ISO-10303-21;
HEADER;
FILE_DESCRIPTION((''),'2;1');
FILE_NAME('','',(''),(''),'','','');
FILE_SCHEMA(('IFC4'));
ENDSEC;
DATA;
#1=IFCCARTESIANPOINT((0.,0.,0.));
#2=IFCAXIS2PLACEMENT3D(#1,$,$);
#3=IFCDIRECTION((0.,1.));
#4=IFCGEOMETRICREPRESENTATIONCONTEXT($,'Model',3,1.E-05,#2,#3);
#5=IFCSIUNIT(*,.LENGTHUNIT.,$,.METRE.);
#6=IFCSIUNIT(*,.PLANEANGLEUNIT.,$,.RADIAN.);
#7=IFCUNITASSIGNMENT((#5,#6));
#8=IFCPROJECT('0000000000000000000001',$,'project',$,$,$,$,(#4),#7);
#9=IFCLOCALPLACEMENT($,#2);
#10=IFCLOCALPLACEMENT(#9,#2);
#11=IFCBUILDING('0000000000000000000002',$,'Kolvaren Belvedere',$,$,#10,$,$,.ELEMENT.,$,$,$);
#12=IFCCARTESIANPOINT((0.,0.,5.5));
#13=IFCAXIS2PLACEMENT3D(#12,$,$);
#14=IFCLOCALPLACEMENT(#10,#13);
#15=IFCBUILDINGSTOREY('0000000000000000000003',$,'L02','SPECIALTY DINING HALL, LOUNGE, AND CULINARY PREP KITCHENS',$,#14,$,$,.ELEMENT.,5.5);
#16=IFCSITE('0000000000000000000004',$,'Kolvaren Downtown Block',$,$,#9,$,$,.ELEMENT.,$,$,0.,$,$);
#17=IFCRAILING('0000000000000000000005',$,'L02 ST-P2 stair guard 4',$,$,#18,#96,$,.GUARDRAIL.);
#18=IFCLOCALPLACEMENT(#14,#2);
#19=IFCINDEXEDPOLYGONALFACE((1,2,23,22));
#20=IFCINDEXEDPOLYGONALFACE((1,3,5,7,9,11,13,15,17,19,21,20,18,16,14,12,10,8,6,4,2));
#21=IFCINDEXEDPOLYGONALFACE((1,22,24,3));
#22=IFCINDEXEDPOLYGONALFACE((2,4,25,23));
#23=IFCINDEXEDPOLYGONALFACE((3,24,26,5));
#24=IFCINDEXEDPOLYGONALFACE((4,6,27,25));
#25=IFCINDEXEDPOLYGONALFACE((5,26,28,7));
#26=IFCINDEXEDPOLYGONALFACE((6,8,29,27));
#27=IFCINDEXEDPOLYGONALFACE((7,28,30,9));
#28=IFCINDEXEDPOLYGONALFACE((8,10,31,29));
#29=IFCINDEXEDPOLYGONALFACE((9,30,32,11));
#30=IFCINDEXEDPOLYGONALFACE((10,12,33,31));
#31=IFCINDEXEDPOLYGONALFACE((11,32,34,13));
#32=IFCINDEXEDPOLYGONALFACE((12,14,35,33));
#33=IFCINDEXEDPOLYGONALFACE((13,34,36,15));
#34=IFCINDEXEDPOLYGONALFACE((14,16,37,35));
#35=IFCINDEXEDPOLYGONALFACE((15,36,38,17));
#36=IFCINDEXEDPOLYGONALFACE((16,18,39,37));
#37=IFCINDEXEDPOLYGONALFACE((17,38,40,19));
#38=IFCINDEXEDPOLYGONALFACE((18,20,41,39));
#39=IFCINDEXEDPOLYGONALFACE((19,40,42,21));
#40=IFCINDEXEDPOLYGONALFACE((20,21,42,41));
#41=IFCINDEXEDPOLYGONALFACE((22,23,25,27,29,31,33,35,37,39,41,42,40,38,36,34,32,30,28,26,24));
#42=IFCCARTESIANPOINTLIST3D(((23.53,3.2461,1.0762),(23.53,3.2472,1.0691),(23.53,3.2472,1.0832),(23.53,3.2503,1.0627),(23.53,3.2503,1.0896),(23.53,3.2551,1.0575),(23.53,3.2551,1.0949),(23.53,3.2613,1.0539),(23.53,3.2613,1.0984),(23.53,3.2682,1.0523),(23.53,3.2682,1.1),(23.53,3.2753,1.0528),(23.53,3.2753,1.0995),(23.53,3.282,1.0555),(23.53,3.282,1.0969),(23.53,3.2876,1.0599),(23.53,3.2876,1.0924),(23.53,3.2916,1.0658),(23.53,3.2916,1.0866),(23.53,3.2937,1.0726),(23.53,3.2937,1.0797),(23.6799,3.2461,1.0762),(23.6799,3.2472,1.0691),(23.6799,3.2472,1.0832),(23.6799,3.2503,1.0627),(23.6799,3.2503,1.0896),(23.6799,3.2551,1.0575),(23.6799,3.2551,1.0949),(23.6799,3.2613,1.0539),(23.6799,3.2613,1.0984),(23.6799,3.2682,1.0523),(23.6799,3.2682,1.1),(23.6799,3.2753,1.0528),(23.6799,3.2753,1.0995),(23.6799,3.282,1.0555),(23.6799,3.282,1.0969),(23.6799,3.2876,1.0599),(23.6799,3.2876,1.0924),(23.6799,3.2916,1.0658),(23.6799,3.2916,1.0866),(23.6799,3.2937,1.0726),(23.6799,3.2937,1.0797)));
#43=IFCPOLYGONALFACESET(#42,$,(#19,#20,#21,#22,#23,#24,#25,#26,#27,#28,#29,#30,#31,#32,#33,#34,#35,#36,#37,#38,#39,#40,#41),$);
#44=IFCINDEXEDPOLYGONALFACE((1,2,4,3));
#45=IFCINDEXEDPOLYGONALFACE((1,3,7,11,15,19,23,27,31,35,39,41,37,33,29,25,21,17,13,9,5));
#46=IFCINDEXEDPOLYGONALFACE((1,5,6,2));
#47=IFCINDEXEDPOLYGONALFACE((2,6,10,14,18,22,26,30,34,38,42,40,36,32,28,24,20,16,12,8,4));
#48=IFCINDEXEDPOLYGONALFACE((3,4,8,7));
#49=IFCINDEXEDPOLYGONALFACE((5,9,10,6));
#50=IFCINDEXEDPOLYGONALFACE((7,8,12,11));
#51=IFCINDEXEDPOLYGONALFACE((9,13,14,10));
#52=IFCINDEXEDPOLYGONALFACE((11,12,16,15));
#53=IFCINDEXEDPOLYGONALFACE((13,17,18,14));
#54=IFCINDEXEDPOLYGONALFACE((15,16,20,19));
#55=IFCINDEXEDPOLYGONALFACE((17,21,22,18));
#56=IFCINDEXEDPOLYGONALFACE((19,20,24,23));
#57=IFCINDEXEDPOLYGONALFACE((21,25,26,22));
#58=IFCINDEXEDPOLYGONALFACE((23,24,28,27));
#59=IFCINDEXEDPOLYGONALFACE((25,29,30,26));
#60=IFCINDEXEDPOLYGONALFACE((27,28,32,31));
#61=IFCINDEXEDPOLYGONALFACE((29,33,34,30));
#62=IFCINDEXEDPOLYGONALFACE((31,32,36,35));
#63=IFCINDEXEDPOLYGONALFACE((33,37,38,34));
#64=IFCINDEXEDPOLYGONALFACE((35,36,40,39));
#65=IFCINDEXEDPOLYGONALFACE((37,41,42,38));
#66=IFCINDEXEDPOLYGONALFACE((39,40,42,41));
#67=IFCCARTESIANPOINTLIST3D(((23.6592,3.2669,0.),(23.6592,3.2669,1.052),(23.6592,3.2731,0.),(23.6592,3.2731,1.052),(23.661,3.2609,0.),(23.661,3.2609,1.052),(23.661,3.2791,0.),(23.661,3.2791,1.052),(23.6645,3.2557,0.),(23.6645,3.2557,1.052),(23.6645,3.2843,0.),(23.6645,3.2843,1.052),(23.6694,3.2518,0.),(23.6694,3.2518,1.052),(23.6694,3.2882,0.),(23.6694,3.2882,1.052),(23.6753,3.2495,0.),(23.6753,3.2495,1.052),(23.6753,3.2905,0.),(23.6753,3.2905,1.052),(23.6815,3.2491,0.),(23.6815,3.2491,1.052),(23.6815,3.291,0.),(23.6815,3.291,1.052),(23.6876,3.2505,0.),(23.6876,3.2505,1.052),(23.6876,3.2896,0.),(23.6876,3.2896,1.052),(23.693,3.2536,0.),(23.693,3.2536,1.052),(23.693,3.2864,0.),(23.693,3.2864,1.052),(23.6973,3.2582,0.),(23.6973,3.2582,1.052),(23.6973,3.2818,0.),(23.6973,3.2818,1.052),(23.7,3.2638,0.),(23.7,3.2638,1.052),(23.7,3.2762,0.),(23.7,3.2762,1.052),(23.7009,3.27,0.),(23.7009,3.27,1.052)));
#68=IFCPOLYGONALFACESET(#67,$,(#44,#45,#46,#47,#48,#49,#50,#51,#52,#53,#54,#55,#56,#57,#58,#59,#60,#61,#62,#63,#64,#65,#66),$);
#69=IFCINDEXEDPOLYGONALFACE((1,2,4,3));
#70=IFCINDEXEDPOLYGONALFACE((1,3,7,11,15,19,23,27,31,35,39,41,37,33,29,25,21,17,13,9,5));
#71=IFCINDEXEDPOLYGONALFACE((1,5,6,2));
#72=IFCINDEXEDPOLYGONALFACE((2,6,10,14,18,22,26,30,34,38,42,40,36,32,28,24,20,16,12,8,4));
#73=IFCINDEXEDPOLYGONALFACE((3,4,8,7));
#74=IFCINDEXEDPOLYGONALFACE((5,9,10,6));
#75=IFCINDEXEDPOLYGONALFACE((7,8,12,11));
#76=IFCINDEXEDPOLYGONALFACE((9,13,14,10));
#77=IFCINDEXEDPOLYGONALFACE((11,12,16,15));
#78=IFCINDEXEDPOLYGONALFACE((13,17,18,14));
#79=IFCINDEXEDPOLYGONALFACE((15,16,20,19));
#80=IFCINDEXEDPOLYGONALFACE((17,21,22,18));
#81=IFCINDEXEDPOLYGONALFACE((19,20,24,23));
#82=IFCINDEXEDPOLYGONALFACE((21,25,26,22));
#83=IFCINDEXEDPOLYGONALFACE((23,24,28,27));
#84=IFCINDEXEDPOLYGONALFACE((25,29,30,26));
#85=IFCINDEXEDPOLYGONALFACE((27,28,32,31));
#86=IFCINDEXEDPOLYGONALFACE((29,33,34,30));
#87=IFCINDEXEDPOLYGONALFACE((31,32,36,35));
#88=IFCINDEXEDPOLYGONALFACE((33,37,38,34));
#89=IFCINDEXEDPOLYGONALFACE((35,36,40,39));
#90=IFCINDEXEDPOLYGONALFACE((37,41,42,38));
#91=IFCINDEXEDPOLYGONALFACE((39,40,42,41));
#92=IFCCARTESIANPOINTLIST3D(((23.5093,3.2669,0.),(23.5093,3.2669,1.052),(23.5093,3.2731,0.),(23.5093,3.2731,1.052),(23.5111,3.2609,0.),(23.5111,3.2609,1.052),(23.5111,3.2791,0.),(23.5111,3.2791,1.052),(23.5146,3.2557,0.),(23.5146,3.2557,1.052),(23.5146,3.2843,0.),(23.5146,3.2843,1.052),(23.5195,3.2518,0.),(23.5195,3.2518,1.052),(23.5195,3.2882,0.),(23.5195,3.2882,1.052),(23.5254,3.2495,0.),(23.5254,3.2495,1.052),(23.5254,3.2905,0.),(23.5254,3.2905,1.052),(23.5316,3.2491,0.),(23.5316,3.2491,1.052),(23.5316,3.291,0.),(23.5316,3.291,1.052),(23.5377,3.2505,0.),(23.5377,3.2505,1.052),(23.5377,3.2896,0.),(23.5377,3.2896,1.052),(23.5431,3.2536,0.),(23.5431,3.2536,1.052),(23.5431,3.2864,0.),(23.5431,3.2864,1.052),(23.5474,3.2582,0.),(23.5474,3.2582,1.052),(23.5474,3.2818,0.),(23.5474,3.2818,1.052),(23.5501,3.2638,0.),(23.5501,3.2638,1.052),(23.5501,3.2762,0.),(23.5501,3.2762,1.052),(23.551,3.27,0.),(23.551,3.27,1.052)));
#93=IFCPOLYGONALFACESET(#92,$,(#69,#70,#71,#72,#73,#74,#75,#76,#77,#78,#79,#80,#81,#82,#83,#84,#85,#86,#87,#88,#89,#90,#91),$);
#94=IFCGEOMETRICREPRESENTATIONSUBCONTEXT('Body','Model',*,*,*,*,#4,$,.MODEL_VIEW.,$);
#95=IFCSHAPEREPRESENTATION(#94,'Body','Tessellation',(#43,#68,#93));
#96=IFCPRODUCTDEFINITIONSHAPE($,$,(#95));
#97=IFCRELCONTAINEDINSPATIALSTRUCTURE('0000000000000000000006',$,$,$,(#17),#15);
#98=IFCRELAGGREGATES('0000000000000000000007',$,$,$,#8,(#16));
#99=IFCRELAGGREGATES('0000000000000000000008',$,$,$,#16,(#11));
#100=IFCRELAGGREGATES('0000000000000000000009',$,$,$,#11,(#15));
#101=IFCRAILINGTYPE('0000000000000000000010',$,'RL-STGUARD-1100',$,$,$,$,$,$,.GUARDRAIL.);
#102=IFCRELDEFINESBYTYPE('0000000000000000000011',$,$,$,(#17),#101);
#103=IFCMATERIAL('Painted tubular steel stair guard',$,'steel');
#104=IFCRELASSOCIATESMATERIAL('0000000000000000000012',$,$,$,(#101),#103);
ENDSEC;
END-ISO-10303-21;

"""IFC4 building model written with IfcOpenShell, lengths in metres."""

from ifc_helpers import new_model, si_unit, direction, frame, origin, origin_2d, place, context, subcontext, project, spatial, circle, extrude, material, type_object, element, save


model = new_model("IFC4")

# Units and contexts
model_context = context("Model", 3, precision=1e-05, world=origin(), true_north=direction((0.0, 1.0)))
body_context = subcontext(model_context, "Body", "Model", "MODEL_VIEW")
ifc_project = project(units=[si_unit("LENGTHUNIT", "METRE"), si_unit("PLANEANGLEUNIT", "RADIAN")], contexts=[model_context])

# Site, building, storey
site_placement = place(None, origin())
site = spatial("IfcSite", under=ifc_project, at=site_placement, Name="Kolvaren Downtown Block", CompositionType="ELEMENT", RefElevation=0.0)
building_placement = place(site_placement, origin())
building = spatial("IfcBuilding", under=site, at=building_placement, Name="Kolvaren Belvedere", CompositionType="ELEMENT")
storey_placement = place(building_placement, frame((0.0, 0.0, 5.5)))
storey = spatial("IfcBuildingStorey", under=building, at=storey_placement, Name="L02", Description="SPECIALTY DINING HALL, LOUNGE, AND CULINARY PREP KITCHENS", CompositionType="ELEMENT", Elevation=5.5)

# Railing
ifc_material_1 = material(Name="Painted tubular steel stair guard", Category="steel")
railing_type_1 = type_object("IfcRailingType", Name="RL-STGUARD-1100", PredefinedType="GUARDRAIL", material=ifc_material_1)
railing_1_placement = place(storey_placement, frame((23.6799, 3.27, 0.0)))
element("IfcRailing", 1, at=railing_1_placement, inside=storey, type_object=railing_type_1, Name="L02 ST-P2 stair guard 4", PredefinedType="GUARDRAIL", context=body_context, shape_type="SweptSolid", body=[
    extrude(circle(Radius=0.0239, at=origin_2d()), frame((0.0, 0.0, 1.0762), z_axis=(-1.0, 0.0, 0.0), x_axis=(0.0, -1.0, 0.0)), (0.0, 0.0, 1.0), 0.1499),
    extrude(circle(Radius=0.021, at=origin_2d()), origin(), (0.0, 0.0, 1.0), 1.052),
    extrude(circle(Radius=0.021, at=origin_2d()), frame((-0.1499, 0.0, 0.0)), (0.0, 0.0, 1.0), 1.052),
])

save(model, "model.ifc")
